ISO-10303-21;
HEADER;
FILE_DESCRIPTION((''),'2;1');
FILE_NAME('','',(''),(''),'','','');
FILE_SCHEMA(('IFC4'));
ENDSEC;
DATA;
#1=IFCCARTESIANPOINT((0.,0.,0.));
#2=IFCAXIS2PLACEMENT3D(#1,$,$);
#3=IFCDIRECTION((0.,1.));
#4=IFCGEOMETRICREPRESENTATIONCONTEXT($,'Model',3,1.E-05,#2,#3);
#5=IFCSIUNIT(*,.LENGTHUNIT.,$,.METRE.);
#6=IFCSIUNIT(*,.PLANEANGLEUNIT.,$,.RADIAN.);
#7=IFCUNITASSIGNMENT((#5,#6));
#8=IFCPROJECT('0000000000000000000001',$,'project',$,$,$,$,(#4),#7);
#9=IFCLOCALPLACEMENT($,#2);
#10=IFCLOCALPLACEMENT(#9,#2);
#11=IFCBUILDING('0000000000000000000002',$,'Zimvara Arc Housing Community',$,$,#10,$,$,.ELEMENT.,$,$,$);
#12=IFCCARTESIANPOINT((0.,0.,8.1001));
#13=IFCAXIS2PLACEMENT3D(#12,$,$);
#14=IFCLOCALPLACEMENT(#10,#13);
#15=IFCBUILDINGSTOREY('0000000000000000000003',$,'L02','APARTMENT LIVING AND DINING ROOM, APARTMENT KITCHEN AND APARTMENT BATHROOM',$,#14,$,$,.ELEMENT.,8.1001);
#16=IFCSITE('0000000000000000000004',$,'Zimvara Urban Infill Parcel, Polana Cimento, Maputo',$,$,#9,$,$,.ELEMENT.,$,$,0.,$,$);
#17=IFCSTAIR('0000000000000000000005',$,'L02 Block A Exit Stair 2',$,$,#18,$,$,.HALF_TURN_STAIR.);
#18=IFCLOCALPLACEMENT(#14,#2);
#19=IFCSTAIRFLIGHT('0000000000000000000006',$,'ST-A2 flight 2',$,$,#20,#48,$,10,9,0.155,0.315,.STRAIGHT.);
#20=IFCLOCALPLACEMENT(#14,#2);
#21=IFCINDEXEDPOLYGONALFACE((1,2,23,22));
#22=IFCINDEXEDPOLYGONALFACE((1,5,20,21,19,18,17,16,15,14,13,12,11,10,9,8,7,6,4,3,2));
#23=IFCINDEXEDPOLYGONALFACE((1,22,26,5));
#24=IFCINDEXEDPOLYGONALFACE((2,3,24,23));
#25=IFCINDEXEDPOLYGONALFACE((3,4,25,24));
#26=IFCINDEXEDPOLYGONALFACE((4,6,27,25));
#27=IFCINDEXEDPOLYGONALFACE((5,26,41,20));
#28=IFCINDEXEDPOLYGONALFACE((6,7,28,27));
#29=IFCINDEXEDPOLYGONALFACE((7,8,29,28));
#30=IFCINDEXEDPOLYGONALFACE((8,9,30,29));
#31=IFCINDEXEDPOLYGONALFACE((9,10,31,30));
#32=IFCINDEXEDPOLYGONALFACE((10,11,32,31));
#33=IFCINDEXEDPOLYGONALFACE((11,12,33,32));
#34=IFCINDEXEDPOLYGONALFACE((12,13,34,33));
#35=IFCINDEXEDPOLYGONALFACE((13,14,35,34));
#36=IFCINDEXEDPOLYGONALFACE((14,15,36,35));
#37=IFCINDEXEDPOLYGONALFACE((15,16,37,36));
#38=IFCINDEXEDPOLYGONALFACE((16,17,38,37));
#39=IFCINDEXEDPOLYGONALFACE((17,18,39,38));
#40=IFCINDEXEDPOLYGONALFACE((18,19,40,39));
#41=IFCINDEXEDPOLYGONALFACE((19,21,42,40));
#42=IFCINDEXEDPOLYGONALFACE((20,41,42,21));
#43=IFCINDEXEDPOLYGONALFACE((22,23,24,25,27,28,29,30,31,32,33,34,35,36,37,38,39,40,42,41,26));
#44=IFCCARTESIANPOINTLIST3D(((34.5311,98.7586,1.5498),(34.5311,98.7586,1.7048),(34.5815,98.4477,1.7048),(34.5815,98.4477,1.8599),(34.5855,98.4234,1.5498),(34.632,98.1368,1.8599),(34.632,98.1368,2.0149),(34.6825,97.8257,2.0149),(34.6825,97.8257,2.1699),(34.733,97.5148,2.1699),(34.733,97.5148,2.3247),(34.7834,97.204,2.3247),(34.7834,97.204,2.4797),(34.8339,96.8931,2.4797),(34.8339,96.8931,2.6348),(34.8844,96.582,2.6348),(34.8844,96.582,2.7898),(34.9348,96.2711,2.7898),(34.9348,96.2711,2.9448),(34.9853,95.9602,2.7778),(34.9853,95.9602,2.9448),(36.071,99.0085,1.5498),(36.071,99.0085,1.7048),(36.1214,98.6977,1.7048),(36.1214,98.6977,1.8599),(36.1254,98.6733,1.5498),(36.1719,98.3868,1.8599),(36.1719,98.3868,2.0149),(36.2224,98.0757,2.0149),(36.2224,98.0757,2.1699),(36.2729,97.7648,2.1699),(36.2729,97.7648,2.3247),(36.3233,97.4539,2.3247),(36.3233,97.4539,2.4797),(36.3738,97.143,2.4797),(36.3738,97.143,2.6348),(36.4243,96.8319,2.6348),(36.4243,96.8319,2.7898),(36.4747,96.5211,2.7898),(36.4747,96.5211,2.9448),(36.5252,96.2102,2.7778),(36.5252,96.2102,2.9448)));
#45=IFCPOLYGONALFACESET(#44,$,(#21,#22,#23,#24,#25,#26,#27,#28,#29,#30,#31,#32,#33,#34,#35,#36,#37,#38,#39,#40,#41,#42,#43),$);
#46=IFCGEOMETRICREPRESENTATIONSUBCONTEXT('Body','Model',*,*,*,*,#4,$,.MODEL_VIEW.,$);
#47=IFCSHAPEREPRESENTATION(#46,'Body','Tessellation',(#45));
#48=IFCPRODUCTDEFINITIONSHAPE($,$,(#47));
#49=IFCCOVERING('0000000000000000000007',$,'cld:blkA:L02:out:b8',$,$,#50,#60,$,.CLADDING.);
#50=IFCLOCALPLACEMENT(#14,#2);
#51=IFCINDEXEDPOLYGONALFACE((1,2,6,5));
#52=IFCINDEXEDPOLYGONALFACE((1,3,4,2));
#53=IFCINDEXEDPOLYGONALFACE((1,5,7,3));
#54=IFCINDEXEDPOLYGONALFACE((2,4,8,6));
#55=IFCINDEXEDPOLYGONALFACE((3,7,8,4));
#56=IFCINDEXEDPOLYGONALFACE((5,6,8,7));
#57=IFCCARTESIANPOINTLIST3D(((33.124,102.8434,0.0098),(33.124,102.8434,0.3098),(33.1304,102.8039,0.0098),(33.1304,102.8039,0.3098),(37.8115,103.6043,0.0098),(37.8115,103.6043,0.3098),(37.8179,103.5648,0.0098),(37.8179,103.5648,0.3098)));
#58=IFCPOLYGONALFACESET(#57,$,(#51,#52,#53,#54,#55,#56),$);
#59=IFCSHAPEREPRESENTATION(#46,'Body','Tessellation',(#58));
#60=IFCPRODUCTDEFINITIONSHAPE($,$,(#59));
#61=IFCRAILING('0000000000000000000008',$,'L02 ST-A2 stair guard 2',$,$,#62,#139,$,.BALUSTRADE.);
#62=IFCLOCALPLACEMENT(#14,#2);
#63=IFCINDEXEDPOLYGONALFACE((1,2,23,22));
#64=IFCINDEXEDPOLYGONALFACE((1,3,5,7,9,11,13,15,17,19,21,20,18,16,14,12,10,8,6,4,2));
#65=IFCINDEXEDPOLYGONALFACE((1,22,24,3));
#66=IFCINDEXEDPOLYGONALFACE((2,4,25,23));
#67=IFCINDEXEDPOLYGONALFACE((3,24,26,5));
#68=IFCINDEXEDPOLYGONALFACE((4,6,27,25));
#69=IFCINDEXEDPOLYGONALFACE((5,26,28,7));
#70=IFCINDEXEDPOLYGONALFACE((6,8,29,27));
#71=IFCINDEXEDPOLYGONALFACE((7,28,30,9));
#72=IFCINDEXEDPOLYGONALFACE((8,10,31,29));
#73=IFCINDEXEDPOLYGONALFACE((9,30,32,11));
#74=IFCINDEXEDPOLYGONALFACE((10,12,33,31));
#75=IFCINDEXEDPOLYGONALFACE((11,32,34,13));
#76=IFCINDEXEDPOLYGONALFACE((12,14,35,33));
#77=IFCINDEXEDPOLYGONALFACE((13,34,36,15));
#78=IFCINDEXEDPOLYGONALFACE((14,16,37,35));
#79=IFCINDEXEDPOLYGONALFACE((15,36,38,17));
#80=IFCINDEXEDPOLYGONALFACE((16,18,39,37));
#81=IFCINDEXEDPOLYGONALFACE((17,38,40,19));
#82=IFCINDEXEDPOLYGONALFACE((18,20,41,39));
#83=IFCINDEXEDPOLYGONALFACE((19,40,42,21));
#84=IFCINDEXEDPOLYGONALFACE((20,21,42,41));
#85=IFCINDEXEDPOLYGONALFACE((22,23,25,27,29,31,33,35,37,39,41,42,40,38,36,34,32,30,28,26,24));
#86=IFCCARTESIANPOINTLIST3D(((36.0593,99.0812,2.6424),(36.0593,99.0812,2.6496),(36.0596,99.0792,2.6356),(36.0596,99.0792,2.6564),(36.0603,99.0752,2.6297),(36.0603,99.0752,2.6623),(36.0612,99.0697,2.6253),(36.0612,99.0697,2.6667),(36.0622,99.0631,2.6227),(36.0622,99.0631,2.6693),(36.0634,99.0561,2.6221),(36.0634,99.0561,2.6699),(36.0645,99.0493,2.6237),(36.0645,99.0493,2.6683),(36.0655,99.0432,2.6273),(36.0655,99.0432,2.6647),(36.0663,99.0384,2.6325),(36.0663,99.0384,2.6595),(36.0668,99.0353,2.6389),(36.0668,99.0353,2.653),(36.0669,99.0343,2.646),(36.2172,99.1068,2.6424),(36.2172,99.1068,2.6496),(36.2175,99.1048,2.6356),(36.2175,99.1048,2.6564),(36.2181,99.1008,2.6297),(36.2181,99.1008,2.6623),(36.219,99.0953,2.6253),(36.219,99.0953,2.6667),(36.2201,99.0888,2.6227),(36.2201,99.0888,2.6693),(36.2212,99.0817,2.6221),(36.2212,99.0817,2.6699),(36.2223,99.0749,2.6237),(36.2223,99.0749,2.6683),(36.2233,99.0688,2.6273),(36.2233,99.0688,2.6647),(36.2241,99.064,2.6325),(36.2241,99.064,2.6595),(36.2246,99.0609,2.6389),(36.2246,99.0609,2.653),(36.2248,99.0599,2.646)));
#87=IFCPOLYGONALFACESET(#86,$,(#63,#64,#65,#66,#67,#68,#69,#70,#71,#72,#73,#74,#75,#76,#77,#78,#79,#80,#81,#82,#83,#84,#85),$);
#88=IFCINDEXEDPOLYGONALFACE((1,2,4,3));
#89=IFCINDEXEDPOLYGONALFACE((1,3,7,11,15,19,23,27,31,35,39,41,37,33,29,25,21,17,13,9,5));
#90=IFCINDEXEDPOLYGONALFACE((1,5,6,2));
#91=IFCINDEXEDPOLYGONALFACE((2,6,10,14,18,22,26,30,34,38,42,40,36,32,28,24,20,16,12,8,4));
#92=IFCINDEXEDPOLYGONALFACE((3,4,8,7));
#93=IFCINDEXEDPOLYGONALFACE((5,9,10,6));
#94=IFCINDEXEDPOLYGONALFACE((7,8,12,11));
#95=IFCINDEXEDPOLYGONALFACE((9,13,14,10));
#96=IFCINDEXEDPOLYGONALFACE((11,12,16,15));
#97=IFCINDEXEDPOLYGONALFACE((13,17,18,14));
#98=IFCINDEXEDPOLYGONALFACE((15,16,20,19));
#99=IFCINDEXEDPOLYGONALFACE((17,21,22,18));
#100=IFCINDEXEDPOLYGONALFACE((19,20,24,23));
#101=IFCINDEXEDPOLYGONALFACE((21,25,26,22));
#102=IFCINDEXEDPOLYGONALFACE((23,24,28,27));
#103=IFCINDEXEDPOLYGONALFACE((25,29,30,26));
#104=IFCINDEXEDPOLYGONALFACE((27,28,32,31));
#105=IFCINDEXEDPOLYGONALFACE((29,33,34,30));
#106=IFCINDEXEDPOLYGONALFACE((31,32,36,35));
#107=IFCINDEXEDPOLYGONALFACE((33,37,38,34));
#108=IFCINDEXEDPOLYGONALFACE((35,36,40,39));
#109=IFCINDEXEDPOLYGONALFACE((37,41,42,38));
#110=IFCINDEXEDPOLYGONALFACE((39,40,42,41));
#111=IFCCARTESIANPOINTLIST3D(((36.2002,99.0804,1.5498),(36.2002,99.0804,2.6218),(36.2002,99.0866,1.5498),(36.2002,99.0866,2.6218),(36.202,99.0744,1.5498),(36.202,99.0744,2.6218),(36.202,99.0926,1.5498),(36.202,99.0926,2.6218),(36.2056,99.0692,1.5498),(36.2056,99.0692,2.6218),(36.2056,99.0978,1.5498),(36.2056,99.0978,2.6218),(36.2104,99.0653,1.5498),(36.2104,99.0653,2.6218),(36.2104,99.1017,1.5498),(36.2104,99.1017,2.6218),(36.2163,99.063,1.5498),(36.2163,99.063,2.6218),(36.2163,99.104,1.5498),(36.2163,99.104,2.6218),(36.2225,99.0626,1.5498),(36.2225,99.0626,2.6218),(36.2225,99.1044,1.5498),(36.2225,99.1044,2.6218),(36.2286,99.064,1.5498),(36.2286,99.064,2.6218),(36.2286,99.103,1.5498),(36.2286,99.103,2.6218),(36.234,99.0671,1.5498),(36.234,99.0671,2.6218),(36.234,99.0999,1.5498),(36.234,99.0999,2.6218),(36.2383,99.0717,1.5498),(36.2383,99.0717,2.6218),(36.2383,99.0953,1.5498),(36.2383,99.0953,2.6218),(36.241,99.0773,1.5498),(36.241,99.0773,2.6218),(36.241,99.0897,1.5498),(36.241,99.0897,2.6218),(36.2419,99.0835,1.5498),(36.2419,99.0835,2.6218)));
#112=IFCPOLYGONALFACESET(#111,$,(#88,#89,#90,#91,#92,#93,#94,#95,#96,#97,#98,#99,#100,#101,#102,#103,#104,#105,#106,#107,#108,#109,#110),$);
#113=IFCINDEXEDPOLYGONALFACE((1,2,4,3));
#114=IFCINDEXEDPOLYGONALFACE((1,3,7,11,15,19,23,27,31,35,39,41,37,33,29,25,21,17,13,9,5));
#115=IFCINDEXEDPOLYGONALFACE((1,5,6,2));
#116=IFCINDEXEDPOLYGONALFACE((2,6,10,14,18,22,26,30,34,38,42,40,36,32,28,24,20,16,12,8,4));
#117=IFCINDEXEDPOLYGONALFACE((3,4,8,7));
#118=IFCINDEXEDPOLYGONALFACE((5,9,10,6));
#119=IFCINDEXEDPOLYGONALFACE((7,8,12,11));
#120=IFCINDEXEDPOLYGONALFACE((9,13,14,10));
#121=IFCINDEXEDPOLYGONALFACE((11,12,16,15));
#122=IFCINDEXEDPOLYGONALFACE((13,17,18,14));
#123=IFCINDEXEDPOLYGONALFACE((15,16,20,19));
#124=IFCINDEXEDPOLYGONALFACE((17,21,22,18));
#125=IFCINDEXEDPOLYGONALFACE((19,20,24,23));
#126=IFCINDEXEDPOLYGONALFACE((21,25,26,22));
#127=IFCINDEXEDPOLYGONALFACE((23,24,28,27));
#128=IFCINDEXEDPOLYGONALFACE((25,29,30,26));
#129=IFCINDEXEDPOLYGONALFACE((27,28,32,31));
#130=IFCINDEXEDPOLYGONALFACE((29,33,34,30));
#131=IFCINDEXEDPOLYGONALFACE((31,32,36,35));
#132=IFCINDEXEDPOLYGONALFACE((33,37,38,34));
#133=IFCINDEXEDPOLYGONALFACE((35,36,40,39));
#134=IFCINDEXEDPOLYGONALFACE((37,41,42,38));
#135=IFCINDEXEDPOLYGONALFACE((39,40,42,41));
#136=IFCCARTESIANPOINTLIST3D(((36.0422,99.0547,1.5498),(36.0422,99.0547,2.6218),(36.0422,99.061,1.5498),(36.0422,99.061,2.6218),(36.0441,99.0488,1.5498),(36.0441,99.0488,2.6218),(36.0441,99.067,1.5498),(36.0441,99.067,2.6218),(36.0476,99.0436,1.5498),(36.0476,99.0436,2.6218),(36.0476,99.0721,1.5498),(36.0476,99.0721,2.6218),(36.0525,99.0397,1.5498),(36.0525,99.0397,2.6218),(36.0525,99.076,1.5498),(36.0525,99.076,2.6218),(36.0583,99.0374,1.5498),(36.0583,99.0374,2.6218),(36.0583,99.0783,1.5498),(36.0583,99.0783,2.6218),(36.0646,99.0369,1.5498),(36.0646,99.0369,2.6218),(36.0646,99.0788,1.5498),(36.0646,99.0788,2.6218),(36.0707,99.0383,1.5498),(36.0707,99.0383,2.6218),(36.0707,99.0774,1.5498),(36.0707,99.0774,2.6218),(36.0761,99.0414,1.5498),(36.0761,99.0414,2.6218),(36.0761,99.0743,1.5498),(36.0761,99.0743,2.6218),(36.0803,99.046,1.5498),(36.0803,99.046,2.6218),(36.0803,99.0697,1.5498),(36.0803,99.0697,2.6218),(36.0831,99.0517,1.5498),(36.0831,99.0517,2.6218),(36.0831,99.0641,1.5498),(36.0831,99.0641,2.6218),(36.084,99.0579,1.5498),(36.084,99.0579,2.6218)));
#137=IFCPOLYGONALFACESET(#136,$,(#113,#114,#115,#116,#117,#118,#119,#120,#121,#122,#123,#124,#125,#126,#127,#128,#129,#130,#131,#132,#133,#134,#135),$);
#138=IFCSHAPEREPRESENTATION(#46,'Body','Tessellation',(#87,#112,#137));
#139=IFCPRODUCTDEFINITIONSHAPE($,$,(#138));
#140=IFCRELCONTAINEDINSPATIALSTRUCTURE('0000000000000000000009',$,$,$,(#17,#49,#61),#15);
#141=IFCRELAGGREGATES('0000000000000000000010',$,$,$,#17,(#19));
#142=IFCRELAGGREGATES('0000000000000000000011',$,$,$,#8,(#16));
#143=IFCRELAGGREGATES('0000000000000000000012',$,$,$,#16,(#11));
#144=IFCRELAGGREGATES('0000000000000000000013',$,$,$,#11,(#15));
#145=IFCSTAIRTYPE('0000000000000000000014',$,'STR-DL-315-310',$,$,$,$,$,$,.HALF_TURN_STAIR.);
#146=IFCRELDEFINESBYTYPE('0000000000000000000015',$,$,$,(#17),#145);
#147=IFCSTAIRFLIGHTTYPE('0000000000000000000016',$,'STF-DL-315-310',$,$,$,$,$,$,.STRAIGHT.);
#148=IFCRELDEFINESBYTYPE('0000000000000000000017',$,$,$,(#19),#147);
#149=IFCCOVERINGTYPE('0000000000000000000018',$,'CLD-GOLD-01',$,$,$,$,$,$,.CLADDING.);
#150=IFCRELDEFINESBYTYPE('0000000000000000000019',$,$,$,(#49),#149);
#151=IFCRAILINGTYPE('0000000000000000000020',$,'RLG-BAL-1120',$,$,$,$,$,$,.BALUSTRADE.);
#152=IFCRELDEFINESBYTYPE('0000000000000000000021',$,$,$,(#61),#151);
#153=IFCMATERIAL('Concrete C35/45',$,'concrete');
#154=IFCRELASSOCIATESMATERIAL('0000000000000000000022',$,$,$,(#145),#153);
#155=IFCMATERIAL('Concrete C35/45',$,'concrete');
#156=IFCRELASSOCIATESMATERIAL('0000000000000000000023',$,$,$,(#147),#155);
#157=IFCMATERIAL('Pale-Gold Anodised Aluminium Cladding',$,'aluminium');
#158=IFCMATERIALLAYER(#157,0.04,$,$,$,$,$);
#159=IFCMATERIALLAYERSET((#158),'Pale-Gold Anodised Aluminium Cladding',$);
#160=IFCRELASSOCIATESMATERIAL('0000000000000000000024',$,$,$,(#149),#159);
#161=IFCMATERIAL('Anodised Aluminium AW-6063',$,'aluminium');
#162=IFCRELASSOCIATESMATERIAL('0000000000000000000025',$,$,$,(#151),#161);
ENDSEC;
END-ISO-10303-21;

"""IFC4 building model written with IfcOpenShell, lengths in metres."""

from ifc_helpers import new_model, si_unit, direction, frame, origin, origin_2d, place, context, subcontext, project, spatial, polyline, rectangle, circle, outline, extrude, material, layer, layer_set, type_object, element, aggregate, save


model = new_model("IFC4")

# Units and contexts
model_context = context("Model", 3, precision=1e-05, world=origin(), true_north=direction((0.0, 1.0)))
body_context = subcontext(model_context, "Body", "Model", "MODEL_VIEW")
ifc_project = project(units=[si_unit("LENGTHUNIT", "METRE"), si_unit("PLANEANGLEUNIT", "RADIAN")], contexts=[model_context])

# Site, building, storey
site_placement = place(None, origin())
site = spatial("IfcSite", under=ifc_project, at=site_placement, Name="Zimvara Urban Infill Parcel, Polana Cimento, Maputo", CompositionType="ELEMENT", RefElevation=0.0)
building_placement = place(site_placement, origin())
building = spatial("IfcBuilding", under=site, at=building_placement, Name="Zimvara Arc Housing Community", CompositionType="ELEMENT")
storey_placement = place(building_placement, frame((0.0, 0.0, 8.1001)))
storey = spatial("IfcBuildingStorey", under=building, at=storey_placement, Name="L02", Description="APARTMENT LIVING AND DINING ROOM, APARTMENT KITCHEN AND APARTMENT BATHROOM", CompositionType="ELEMENT", Elevation=8.1001)

# Stair, stair flight
ifc_material_1 = material(Name="Concrete C35/45", Category="concrete")
stair_type = type_object("IfcStairType", Name="STR-DL-315-310", PredefinedType="HALF_TURN_STAIR", material=ifc_material_1)
stair_placement = place(storey_placement, origin())
stair = element("IfcStair", 1, at=stair_placement, inside=storey, type_object=stair_type, Name="L02 Block A Exit Stair 2", PredefinedType="HALF_TURN_STAIR")
ifc_material_2 = material(Name="Concrete C35/45", Category="concrete")
stair_flight_type = type_object("IfcStairFlightType", Name="STF-DL-315-310", PredefinedType="STRAIGHT", material=ifc_material_2)
stair_flight_placement = place(storey_placement, frame((35.301, 98.8835, 1.5498), z_axis=(0.0, 0.0, 1.0), x_axis=(0.160226, -0.98708, 0.0)))
stair_flight = element("IfcStairFlight", 2, at=stair_flight_placement, type_object=stair_flight_type, Name="ST-A2 flight 2", NumberOfRisers=10, NumberOfTreads=9, PredefinedType="STRAIGHT", RiserHeight=0.155, TreadLength=0.315, context=body_context, shape_type="SweptSolid", body=[
    extrude(outline(polyline([(0.0, 0.0), (0.0, 0.155), (0.3149, 0.155), (0.3149, 0.3101), (0.6299, 0.3101), (0.6299, 0.4651), (0.9451, 0.4651), (0.9451, 0.6201), (1.26, 0.6201), (1.26, 0.7749), (1.575, 0.7749), (1.575, 0.9299), (1.8899, 0.9299), (1.8899, 1.085), (2.2051, 1.085), (2.2051, 1.24), (2.52, 1.24), (2.52, 1.395), (2.835, 1.395), (2.835, 1.55), (2.835, 1.228), (0.3396, 0.0), (0.0, 0.0)])), frame((0.0, 0.78, 0.0), z_axis=(0.0, -1.0, 0.0), x_axis=(1.0, 0.0, 0.0)), (0.0, 0.0, 1.0), 1.5601),
])
aggregate(stair, [stair_flight])

# Covering
ifc_material_3 = material(Name="Pale-Gold Anodised Aluminium Cladding", Category="aluminium")
ifc_layer_1 = layer(ifc_material_3, 0.04)
ifc_layer_set_1 = layer_set([ifc_layer_1], Name="Pale-Gold Anodised Aluminium Cladding")
covering_type = type_object("IfcCoveringType", Name="CLD-GOLD-01", PredefinedType="CLADDING", material=ifc_layer_set_1)
covering_placement = place(storey_placement, frame((35.4709, 103.2041, 0.0098), z_axis=(0.0, 0.0, 1.0), x_axis=(0.98708, 0.160226, 0.0)))
element("IfcCovering", 3, at=covering_placement, inside=storey, type_object=covering_type, Name="cld:blkA:L02:out:b8", PredefinedType="CLADDING", context=body_context, shape_type="SweptSolid", body=[
    extrude(rectangle(XDim=4.7488, YDim=0.04, at=origin_2d()), origin(), (0.0, 0.0, 1.0), 0.3),
])

# Railing
ifc_material_4 = material(Name="Anodised Aluminium AW-6063", Category="aluminium")
railing_type_1 = type_object("IfcRailingType", Name="RLG-BAL-1120", PredefinedType="BALUSTRADE", material=ifc_material_4)
railing_1_placement = place(storey_placement, frame((36.2209, 99.0835, 1.5498)))
element("IfcRailing", 4, at=railing_1_placement, inside=storey, type_object=railing_type_1, Name="L02 ST-A2 stair guard 2", PredefinedType="BALUSTRADE", context=body_context, shape_type="SweptSolid", body=[
    extrude(circle(Radius=0.0239, at=origin_2d()), frame((0.0, 0.0, 1.0962), z_axis=(-0.987086, -0.160192, 0.0), x_axis=(0.160192, -0.987086, 0.0)), (0.0, 0.0, 1.0), 0.1599),
    extrude(circle(Radius=0.021, at=origin_2d()), origin(), (0.0, 0.0, 1.0), 1.072),
    extrude(circle(Radius=0.021, at=origin_2d()), frame((-0.158, -0.0256, 0.0)), (0.0, 0.0, 1.0), 1.072),
])

save(model, "model.ifc")
